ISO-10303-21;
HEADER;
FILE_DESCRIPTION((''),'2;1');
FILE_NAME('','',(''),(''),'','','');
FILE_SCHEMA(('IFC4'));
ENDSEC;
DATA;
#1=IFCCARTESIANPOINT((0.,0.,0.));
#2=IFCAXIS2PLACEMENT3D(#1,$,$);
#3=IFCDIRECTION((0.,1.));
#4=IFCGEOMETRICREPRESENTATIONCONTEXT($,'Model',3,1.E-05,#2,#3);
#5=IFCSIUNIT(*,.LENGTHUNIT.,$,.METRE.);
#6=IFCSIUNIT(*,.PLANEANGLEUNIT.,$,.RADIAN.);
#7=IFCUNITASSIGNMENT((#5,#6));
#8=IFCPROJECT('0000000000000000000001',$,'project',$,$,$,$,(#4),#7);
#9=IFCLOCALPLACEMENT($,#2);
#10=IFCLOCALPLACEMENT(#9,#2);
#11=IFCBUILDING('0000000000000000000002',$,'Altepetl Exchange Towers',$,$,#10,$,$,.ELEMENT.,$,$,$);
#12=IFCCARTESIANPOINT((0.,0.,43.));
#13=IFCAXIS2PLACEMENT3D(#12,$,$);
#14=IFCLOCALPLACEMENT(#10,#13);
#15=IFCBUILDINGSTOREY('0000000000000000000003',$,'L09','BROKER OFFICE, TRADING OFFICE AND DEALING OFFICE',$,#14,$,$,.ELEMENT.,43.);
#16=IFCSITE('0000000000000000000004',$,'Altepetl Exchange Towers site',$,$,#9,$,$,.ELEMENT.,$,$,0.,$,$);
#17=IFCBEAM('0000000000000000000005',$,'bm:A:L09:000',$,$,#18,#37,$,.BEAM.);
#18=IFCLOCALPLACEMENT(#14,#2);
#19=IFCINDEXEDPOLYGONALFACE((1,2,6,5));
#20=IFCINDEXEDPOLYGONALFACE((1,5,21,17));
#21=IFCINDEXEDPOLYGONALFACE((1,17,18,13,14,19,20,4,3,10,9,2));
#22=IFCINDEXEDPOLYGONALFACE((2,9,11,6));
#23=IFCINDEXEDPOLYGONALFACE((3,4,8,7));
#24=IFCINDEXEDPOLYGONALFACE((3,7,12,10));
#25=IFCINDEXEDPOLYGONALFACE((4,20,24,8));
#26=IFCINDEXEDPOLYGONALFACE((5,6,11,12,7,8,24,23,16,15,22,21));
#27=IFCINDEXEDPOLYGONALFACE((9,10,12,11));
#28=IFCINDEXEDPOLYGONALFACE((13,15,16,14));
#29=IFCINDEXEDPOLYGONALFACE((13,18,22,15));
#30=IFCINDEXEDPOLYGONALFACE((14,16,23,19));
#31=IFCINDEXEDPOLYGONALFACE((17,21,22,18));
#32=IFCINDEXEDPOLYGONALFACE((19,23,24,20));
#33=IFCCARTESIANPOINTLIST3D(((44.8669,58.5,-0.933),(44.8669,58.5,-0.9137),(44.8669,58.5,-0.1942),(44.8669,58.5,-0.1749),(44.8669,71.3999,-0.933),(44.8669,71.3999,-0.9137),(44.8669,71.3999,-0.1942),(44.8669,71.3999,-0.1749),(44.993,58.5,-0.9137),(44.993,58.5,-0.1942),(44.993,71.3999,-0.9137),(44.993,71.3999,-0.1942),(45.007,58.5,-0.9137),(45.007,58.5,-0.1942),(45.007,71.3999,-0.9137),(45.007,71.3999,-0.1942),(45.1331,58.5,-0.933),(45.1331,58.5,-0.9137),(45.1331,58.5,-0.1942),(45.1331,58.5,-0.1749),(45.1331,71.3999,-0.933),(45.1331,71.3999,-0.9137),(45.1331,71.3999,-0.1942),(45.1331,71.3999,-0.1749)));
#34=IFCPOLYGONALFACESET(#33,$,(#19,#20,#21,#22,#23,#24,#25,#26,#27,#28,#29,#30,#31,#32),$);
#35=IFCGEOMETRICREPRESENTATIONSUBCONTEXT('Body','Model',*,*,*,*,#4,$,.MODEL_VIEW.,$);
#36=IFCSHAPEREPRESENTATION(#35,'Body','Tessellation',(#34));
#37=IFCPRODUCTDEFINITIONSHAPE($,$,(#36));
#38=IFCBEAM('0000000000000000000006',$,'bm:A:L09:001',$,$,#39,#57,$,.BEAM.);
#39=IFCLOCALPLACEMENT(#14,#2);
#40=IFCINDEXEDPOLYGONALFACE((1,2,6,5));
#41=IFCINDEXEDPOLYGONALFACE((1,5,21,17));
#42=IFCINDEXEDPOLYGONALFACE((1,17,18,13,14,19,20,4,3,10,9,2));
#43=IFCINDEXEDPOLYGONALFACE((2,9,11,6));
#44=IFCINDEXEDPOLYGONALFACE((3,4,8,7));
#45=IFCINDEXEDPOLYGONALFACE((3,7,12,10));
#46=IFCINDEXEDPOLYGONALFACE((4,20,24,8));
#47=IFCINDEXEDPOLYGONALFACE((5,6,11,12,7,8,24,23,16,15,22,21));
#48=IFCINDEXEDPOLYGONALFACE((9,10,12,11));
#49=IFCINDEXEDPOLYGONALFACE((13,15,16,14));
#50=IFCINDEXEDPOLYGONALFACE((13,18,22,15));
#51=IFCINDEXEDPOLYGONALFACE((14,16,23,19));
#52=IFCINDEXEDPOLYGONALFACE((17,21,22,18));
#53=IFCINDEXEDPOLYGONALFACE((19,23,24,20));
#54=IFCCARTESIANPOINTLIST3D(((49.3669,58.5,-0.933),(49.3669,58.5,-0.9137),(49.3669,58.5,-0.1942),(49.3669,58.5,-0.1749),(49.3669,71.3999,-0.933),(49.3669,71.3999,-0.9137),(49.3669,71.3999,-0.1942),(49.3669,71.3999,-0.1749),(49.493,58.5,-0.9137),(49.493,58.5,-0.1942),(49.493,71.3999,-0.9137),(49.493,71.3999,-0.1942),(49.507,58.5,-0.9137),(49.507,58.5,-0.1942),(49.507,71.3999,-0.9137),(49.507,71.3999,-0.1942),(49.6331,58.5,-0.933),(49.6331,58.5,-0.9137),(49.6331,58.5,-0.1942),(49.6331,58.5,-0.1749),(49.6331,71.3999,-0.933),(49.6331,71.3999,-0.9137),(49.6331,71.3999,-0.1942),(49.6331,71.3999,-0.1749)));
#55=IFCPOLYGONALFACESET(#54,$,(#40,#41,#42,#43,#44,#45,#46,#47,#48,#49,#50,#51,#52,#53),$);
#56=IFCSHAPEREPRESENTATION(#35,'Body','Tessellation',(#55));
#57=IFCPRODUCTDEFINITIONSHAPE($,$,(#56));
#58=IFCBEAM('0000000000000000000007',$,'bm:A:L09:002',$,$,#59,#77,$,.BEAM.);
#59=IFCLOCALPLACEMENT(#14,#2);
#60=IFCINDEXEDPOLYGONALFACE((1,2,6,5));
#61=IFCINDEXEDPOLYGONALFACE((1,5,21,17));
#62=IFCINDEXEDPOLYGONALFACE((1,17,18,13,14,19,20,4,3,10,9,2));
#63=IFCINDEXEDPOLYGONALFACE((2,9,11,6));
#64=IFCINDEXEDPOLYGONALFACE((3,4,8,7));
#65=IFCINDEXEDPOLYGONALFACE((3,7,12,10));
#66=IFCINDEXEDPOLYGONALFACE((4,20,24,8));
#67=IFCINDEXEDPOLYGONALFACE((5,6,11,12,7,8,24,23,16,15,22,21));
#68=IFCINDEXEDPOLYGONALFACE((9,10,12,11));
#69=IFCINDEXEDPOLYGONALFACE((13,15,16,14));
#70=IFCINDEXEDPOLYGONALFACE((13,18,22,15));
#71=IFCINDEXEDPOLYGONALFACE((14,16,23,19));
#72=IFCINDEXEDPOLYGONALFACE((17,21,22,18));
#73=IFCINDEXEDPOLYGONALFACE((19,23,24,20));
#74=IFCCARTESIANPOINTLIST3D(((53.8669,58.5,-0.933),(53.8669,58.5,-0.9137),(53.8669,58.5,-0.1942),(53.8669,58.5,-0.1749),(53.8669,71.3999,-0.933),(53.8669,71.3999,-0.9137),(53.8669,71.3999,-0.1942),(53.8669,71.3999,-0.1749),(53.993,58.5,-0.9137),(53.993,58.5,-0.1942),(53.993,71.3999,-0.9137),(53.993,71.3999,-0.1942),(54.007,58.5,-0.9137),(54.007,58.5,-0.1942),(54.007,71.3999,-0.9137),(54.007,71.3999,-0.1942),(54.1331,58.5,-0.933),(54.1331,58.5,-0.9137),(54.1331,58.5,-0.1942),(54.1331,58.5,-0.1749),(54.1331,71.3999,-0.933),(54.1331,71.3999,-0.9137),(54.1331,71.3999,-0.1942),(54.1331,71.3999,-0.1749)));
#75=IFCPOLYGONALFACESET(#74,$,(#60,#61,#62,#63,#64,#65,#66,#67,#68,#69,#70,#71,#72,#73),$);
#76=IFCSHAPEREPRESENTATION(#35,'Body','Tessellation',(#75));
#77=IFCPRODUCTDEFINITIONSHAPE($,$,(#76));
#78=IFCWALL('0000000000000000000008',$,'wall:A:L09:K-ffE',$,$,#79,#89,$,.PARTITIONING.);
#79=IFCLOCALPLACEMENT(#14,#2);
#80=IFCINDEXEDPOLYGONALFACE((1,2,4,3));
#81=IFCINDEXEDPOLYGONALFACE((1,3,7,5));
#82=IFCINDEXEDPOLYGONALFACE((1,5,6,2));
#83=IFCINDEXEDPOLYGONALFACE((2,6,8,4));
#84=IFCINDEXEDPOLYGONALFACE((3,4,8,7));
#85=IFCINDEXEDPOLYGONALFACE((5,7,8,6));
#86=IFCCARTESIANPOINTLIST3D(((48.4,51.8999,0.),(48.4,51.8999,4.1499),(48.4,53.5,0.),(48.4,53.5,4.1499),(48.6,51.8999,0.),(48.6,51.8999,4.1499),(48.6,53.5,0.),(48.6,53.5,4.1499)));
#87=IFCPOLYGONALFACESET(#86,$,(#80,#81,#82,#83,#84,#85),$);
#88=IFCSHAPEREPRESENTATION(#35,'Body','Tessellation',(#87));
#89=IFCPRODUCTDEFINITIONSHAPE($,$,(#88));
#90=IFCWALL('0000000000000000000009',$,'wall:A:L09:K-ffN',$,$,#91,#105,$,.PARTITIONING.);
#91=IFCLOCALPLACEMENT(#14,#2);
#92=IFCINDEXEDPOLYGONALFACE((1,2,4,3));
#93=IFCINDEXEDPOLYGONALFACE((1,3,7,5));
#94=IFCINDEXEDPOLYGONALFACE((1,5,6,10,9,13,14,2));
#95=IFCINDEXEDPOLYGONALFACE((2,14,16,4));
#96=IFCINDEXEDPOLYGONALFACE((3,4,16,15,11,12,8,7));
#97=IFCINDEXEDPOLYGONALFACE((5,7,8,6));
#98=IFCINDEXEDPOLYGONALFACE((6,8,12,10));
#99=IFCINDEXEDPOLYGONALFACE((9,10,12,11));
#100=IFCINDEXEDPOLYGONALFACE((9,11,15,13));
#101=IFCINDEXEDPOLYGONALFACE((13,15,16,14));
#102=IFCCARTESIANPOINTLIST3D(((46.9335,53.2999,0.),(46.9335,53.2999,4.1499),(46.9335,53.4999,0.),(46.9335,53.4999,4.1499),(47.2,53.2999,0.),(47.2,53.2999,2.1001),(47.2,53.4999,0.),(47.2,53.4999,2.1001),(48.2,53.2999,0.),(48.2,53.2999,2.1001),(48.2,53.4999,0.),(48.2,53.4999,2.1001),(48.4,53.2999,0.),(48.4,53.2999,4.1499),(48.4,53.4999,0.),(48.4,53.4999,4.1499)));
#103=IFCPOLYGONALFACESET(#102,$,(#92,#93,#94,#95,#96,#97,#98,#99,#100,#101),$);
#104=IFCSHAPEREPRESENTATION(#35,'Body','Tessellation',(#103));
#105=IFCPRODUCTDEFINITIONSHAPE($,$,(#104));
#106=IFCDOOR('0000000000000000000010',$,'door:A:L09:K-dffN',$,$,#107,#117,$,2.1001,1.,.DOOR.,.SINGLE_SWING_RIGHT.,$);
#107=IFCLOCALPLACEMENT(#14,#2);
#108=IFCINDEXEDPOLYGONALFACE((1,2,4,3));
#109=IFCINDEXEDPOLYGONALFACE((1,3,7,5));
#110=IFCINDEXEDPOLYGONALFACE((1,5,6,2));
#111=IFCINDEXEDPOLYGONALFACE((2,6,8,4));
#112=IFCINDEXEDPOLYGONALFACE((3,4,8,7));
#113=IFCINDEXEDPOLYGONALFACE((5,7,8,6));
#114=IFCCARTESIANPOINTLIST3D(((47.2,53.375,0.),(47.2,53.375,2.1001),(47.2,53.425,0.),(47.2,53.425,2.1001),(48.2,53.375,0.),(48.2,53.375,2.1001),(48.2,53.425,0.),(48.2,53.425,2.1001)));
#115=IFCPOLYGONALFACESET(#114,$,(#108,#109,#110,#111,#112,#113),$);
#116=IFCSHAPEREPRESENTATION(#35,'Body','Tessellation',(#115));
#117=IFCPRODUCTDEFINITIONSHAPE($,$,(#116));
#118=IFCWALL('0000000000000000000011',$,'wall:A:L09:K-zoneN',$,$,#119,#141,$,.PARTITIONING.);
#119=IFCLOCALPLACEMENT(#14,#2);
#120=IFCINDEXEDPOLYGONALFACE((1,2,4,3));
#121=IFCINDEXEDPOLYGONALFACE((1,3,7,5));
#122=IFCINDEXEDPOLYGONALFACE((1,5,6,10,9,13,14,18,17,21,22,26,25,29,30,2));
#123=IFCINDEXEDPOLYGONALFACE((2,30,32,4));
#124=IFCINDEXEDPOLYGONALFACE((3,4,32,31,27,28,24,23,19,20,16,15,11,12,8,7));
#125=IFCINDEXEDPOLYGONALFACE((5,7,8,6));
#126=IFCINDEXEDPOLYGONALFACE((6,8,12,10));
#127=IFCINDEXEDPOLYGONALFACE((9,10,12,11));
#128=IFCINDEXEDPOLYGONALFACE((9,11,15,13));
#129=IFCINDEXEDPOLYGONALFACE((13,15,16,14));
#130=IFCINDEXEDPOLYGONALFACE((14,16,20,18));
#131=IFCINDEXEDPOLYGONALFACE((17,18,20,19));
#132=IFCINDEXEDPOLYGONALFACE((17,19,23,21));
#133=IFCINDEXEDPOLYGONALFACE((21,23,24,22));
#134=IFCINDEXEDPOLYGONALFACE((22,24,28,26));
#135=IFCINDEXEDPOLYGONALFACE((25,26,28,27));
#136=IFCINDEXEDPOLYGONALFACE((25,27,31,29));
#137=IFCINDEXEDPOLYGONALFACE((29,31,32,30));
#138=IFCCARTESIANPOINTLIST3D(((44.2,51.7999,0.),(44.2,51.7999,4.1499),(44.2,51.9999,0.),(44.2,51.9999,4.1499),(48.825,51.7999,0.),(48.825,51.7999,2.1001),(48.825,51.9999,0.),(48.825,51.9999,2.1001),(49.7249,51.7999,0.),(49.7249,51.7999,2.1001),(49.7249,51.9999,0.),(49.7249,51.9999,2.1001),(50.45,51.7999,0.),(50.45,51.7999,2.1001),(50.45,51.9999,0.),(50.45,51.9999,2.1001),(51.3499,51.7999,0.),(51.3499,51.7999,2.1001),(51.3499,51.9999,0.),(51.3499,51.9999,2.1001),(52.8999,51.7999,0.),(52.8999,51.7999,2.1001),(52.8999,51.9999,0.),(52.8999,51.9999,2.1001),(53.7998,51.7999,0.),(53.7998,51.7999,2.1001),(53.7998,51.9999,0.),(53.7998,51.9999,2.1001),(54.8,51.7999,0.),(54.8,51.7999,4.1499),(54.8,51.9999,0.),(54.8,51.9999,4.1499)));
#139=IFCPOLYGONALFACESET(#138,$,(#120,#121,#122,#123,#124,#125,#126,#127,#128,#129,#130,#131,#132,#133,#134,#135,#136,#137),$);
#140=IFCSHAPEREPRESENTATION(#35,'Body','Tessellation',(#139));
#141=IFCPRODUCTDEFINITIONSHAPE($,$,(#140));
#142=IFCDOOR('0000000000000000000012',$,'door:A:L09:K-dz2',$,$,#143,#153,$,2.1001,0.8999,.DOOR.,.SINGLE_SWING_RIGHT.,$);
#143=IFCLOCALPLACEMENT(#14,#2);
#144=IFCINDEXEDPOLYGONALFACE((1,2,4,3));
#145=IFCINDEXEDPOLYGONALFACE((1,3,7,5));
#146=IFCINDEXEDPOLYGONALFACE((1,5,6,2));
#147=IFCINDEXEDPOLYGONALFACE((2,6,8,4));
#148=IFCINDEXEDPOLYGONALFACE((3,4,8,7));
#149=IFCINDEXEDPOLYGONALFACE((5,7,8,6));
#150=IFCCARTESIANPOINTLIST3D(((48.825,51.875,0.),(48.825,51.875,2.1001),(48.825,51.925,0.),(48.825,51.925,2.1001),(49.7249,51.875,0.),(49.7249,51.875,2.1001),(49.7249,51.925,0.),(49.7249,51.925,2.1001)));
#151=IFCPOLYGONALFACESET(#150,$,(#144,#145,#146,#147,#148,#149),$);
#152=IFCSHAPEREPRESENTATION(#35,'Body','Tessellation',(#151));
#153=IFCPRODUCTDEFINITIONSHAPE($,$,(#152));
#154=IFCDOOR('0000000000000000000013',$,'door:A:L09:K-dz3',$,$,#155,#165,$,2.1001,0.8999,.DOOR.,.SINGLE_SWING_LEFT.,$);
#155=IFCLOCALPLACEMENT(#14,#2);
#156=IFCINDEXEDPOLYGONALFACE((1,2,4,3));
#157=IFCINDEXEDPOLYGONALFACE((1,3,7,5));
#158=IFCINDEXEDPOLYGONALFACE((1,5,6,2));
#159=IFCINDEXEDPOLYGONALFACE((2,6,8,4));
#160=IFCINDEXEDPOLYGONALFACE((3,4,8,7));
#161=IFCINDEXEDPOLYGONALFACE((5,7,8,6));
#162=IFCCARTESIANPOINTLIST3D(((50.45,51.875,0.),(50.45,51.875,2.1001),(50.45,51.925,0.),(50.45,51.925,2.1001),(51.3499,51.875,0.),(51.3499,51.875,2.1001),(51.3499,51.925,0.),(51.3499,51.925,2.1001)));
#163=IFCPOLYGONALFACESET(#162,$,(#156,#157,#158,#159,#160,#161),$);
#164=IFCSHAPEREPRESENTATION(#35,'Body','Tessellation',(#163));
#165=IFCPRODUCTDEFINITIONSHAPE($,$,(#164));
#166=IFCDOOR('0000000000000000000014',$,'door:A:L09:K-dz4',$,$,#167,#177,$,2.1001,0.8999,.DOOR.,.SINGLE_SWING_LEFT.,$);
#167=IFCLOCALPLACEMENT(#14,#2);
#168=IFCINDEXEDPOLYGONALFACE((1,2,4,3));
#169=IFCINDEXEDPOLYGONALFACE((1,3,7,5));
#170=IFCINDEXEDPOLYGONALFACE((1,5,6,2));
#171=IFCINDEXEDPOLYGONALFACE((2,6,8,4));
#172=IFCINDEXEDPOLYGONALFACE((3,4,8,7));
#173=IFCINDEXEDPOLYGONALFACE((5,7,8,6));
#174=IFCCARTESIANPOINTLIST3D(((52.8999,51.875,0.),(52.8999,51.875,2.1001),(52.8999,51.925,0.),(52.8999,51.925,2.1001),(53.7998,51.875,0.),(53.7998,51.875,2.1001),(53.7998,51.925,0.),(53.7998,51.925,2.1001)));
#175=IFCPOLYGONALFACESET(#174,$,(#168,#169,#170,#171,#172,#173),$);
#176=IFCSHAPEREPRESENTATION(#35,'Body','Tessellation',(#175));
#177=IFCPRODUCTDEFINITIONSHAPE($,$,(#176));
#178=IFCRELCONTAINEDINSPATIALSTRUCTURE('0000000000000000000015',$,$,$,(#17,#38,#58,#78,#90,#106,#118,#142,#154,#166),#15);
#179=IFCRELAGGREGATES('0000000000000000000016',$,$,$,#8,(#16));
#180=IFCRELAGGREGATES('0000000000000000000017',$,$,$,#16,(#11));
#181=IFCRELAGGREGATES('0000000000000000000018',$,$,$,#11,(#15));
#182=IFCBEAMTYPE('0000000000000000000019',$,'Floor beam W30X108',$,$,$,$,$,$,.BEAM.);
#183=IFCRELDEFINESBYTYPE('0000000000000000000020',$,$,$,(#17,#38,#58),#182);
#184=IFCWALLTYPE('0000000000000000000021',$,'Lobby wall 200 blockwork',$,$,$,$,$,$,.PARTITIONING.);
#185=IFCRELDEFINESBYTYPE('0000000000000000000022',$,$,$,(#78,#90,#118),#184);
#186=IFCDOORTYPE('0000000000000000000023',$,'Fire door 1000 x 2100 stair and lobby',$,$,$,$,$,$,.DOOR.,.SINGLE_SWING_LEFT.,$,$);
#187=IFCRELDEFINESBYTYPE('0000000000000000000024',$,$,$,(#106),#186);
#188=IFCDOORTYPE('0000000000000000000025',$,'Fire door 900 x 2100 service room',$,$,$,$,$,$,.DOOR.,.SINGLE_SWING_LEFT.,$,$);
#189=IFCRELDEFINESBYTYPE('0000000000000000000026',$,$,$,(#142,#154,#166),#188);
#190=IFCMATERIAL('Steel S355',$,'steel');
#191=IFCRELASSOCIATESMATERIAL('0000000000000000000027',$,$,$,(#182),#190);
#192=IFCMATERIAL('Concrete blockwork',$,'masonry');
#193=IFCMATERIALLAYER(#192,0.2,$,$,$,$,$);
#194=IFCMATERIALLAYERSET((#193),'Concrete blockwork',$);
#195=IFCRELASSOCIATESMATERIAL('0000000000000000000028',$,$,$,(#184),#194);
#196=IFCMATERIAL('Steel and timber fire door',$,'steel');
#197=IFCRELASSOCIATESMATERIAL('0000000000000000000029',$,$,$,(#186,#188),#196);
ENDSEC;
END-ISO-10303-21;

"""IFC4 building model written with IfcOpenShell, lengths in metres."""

from ifc_helpers import new_model, si_unit, direction, frame, frame_2d, origin, origin_2d, place, context, subcontext, project, spatial, rectangle, i_section, extrude, material, layer, layer_set, material_profile, profile_set, type_object, element, fill, save


model = new_model("IFC4")

# Units and contexts
model_context = context("Model", 3, precision=1e-05, world=origin(), true_north=direction((0.0, 1.0)))
body_context = subcontext(model_context, "Body", "Model", "MODEL_VIEW")
ifc_project = project(units=[si_unit("LENGTHUNIT", "METRE"), si_unit("PLANEANGLEUNIT", "RADIAN")], contexts=[model_context])

# Site, building, storey
site_placement = place(None, origin())
site = spatial("IfcSite", under=ifc_project, at=site_placement, Name="Altepetl Exchange Towers site", CompositionType="ELEMENT", RefElevation=0.0)
building_placement = place(site_placement, origin())
building = spatial("IfcBuilding", under=site, at=building_placement, Name="Altepetl Exchange Towers", CompositionType="ELEMENT")
storey_placement = place(building_placement, frame((0.0, 0.0, 43.0)))
storey = spatial("IfcBuildingStorey", under=building, at=storey_placement, Name="L09", Description="BROKER OFFICE, TRADING OFFICE AND DEALING OFFICE", CompositionType="ELEMENT", Elevation=43.0)

# Beams
ifc_material_1 = material(Name="Steel S355", Category="steel")
ifc_material_profile = material_profile(ifc_material_1, i_section(OverallWidth=0.2661, OverallDepth=0.7581, WebThickness=0.0139, FlangeThickness=0.0193, at=origin_2d()), Name="W30X108")
ifc_profile_set = profile_set([ifc_material_profile], Name="Steel S355")
beam_type = type_object("IfcBeamType", Name="Floor beam W30X108", PredefinedType="BEAM", material=ifc_profile_set)
for number, where, z_axis, x_axis, name in (
    (1, (45.0, 58.5, -0.554), (0.0, 1.0, 0.0), (-1.0, 0.0, 0.0), "bm:A:L09:000"),
    (2, (49.5, 58.5, -0.554), (0.0, 1.0, 0.0), (-1.0, 0.0, 0.0), "bm:A:L09:001"),
    (3, (54.0, 58.5, -0.554), (0.0, 1.0, 0.0), (-1.0, 0.0, 0.0), "bm:A:L09:002"),
):
    element("IfcBeam", number, at=place(storey_placement, frame(where, z_axis=z_axis, x_axis=x_axis)), inside=storey, type_object=beam_type, Name=name, PredefinedType="BEAM", context=body_context, shape_type="SweptSolid", body=[
        extrude(i_section(OverallWidth=0.2661, OverallDepth=0.7581, WebThickness=0.0139, FlangeThickness=0.0193, at=origin_2d()), origin(), (0.0, 0.0, 1.0), 12.8999),
    ])

# Wall
ifc_material_2 = material(Name="Concrete blockwork", Category="masonry")
ifc_layer_1 = layer(ifc_material_2, 0.2)
ifc_layer_set_1 = layer_set([ifc_layer_1], Name="Concrete blockwork")
wall_type_1 = type_object("IfcWallType", Name="Lobby wall 200 blockwork", PredefinedType="PARTITIONING", material=ifc_layer_set_1)
wall_1_placement = place(storey_placement, frame((48.5, 51.8999, 0.0), z_axis=(0.0, 0.0, 1.0), x_axis=(0.0, 1.0, 0.0)))
element("IfcWall", 4, at=wall_1_placement, inside=storey, type_object=wall_type_1, Name="wall:A:L09:K-ffE", PredefinedType="PARTITIONING", context=body_context, shape_type="SweptSolid", body=[
    extrude(rectangle(XDim=1.6001, YDim=0.2, at=frame_2d((0.8, 0.0))), origin(), (0.0, 0.0, 1.0), 4.1499),
])

# Wall, opening, door
wall_2_placement = place(storey_placement, frame((46.9333, 53.3999, 0.0)))
wall_2 = element("IfcWall", 5, at=wall_2_placement, inside=storey, type_object=wall_type_1, Name="wall:A:L09:K-ffN", PredefinedType="PARTITIONING", context=body_context, shape_type="SweptSolid", body=[
    extrude(rectangle(XDim=1.4666, YDim=0.2, at=frame_2d((0.7334, 0.0))), origin(), (0.0, 0.0, 1.0), 4.1499),
])
opening_1_placement = place(wall_2_placement, frame((0.2666, 0.0, 0.0)))
opening_1 = element("IfcOpeningElement", 6, at=opening_1_placement, cuts=wall_2, PredefinedType="OPENING", context=body_context, shape_type="SweptSolid", body=[
    extrude(rectangle(XDim=1.0, YDim=2.1001, at=frame_2d((0.5, 1.05))), frame((0.0, 0.1099, 0.0), z_axis=(0.0, -1.0, 0.0), x_axis=(1.0, 0.0, 0.0)), (0.0, 0.0, 1.0), 0.22),
])
ifc_material_3 = material(Name="Steel and timber fire door", Category="steel")
door_type_1 = type_object("IfcDoorType", Name="Fire door 1000 x 2100 stair and lobby", OperationType="SINGLE_SWING_LEFT", PredefinedType="DOOR", material=ifc_material_3)
door_1_placement = place(opening_1_placement, frame((1.0, 0.0, 0.0), x_axis=(-1.0, 0.0, 0.0)))
door_1 = element("IfcDoor", 7, at=door_1_placement, inside=storey, type_object=door_type_1, Name="door:A:L09:K-dffN", OperationType="SINGLE_SWING_RIGHT", OverallHeight=2.1001, OverallWidth=1.0, PredefinedType="DOOR", context=body_context, shape_type="SweptSolid", body=[
    extrude(rectangle(XDim=1.0, YDim=2.1001, at=frame_2d((0.5, 1.05))), frame((0.0, 0.0249, 0.0), z_axis=(0.0, -1.0, 0.0), x_axis=(1.0, 0.0, 0.0)), (0.0, 0.0, 1.0), 0.05),
])
fill(opening_1, door_1)

# Wall, openings, doors
wall_3_placement = place(storey_placement, frame((44.2, 51.8999, 0.0)))
wall_3 = element("IfcWall", 8, at=wall_3_placement, inside=storey, type_object=wall_type_1, Name="wall:A:L09:K-zoneN", PredefinedType="PARTITIONING", context=body_context, shape_type="SweptSolid", body=[
    extrude(rectangle(XDim=10.6001, YDim=0.2, at=frame_2d((5.3, 0.0))), origin(), (0.0, 0.0, 1.0), 4.1499),
])
opening_2_placement = place(wall_3_placement, frame((4.625, 0.0, 0.0)))
opening_2 = element("IfcOpeningElement", 9, at=opening_2_placement, cuts=wall_3, PredefinedType="OPENING", context=body_context, shape_type="SweptSolid", body=[
    extrude(rectangle(XDim=0.8999, YDim=2.1001, at=frame_2d((0.45, 1.05))), frame((0.0, 0.1099, 0.0), z_axis=(0.0, -1.0, 0.0), x_axis=(1.0, 0.0, 0.0)), (0.0, 0.0, 1.0), 0.22),
])
opening_3_placement = place(wall_3_placement, frame((6.25, 0.0, 0.0)))
opening_3 = element("IfcOpeningElement", 10, at=opening_3_placement, cuts=wall_3, PredefinedType="OPENING", context=body_context, shape_type="SweptSolid", body=[
    extrude(rectangle(XDim=0.8999, YDim=2.1001, at=frame_2d((0.45, 1.05))), frame((0.0, 0.1099, 0.0), z_axis=(0.0, -1.0, 0.0), x_axis=(1.0, 0.0, 0.0)), (0.0, 0.0, 1.0), 0.22),
])
opening_4_placement = place(wall_3_placement, frame((8.7, 0.0, 0.0)))
opening_4 = element("IfcOpeningElement", 11, at=opening_4_placement, cuts=wall_3, PredefinedType="OPENING", context=body_context, shape_type="SweptSolid", body=[
    extrude(rectangle(XDim=0.8999, YDim=2.1001, at=frame_2d((0.45, 1.05))), frame((0.0, 0.1099, 0.0), z_axis=(0.0, -1.0, 0.0), x_axis=(1.0, 0.0, 0.0)), (0.0, 0.0, 1.0), 0.22),
])
door_type_2 = type_object("IfcDoorType", Name="Fire door 900 x 2100 service room", OperationType="SINGLE_SWING_LEFT", PredefinedType="DOOR", material=ifc_material_3)
door_2_placement = place(opening_2_placement, frame((0.8999, 0.0, 0.0), x_axis=(-1.0, 0.0, 0.0)))
door_2 = element("IfcDoor", 12, at=door_2_placement, inside=storey, type_object=door_type_2, Name="door:A:L09:K-dz2", OperationType="SINGLE_SWING_RIGHT", OverallHeight=2.1001, OverallWidth=0.8999, PredefinedType="DOOR", context=body_context, shape_type="SweptSolid", body=[
    extrude(rectangle(XDim=0.8999, YDim=2.1001, at=frame_2d((0.45, 1.05))), frame((0.0, 0.0249, 0.0), z_axis=(0.0, -1.0, 0.0), x_axis=(1.0, 0.0, 0.0)), (0.0, 0.0, 1.0), 0.05),
])
fill(opening_2, door_2)
door_3_placement = place(opening_3_placement, frame((0.8999, 0.0, 0.0), x_axis=(-1.0, 0.0, 0.0)))
door_3 = element("IfcDoor", 13, at=door_3_placement, inside=storey, type_object=door_type_2, Name="door:A:L09:K-dz3", OperationType="SINGLE_SWING_LEFT", OverallHeight=2.1001, OverallWidth=0.8999, PredefinedType="DOOR", context=body_context, shape_type="SweptSolid", body=[
    extrude(rectangle(XDim=0.8999, YDim=2.1001, at=frame_2d((0.45, 1.05))), frame((0.0, 0.0249, 0.0), z_axis=(0.0, -1.0, 0.0), x_axis=(1.0, 0.0, 0.0)), (0.0, 0.0, 1.0), 0.05),
])
fill(opening_3, door_3)
door_4_placement = place(opening_4_placement, frame((0.8999, 0.0, 0.0), x_axis=(-1.0, 0.0, 0.0)))
door_4 = element("IfcDoor", 14, at=door_4_placement, inside=storey, type_object=door_type_2, Name="door:A:L09:K-dz4", OperationType="SINGLE_SWING_LEFT", OverallHeight=2.1001, OverallWidth=0.8999, PredefinedType="DOOR", context=body_context, shape_type="SweptSolid", body=[
    extrude(rectangle(XDim=0.8999, YDim=2.1001, at=frame_2d((0.45, 1.05))), frame((0.0, 0.0249, 0.0), z_axis=(0.0, -1.0, 0.0), x_axis=(1.0, 0.0, 0.0)), (0.0, 0.0, 1.0), 0.05),
])
fill(opening_4, door_4)

save(model, "model.ifc")
